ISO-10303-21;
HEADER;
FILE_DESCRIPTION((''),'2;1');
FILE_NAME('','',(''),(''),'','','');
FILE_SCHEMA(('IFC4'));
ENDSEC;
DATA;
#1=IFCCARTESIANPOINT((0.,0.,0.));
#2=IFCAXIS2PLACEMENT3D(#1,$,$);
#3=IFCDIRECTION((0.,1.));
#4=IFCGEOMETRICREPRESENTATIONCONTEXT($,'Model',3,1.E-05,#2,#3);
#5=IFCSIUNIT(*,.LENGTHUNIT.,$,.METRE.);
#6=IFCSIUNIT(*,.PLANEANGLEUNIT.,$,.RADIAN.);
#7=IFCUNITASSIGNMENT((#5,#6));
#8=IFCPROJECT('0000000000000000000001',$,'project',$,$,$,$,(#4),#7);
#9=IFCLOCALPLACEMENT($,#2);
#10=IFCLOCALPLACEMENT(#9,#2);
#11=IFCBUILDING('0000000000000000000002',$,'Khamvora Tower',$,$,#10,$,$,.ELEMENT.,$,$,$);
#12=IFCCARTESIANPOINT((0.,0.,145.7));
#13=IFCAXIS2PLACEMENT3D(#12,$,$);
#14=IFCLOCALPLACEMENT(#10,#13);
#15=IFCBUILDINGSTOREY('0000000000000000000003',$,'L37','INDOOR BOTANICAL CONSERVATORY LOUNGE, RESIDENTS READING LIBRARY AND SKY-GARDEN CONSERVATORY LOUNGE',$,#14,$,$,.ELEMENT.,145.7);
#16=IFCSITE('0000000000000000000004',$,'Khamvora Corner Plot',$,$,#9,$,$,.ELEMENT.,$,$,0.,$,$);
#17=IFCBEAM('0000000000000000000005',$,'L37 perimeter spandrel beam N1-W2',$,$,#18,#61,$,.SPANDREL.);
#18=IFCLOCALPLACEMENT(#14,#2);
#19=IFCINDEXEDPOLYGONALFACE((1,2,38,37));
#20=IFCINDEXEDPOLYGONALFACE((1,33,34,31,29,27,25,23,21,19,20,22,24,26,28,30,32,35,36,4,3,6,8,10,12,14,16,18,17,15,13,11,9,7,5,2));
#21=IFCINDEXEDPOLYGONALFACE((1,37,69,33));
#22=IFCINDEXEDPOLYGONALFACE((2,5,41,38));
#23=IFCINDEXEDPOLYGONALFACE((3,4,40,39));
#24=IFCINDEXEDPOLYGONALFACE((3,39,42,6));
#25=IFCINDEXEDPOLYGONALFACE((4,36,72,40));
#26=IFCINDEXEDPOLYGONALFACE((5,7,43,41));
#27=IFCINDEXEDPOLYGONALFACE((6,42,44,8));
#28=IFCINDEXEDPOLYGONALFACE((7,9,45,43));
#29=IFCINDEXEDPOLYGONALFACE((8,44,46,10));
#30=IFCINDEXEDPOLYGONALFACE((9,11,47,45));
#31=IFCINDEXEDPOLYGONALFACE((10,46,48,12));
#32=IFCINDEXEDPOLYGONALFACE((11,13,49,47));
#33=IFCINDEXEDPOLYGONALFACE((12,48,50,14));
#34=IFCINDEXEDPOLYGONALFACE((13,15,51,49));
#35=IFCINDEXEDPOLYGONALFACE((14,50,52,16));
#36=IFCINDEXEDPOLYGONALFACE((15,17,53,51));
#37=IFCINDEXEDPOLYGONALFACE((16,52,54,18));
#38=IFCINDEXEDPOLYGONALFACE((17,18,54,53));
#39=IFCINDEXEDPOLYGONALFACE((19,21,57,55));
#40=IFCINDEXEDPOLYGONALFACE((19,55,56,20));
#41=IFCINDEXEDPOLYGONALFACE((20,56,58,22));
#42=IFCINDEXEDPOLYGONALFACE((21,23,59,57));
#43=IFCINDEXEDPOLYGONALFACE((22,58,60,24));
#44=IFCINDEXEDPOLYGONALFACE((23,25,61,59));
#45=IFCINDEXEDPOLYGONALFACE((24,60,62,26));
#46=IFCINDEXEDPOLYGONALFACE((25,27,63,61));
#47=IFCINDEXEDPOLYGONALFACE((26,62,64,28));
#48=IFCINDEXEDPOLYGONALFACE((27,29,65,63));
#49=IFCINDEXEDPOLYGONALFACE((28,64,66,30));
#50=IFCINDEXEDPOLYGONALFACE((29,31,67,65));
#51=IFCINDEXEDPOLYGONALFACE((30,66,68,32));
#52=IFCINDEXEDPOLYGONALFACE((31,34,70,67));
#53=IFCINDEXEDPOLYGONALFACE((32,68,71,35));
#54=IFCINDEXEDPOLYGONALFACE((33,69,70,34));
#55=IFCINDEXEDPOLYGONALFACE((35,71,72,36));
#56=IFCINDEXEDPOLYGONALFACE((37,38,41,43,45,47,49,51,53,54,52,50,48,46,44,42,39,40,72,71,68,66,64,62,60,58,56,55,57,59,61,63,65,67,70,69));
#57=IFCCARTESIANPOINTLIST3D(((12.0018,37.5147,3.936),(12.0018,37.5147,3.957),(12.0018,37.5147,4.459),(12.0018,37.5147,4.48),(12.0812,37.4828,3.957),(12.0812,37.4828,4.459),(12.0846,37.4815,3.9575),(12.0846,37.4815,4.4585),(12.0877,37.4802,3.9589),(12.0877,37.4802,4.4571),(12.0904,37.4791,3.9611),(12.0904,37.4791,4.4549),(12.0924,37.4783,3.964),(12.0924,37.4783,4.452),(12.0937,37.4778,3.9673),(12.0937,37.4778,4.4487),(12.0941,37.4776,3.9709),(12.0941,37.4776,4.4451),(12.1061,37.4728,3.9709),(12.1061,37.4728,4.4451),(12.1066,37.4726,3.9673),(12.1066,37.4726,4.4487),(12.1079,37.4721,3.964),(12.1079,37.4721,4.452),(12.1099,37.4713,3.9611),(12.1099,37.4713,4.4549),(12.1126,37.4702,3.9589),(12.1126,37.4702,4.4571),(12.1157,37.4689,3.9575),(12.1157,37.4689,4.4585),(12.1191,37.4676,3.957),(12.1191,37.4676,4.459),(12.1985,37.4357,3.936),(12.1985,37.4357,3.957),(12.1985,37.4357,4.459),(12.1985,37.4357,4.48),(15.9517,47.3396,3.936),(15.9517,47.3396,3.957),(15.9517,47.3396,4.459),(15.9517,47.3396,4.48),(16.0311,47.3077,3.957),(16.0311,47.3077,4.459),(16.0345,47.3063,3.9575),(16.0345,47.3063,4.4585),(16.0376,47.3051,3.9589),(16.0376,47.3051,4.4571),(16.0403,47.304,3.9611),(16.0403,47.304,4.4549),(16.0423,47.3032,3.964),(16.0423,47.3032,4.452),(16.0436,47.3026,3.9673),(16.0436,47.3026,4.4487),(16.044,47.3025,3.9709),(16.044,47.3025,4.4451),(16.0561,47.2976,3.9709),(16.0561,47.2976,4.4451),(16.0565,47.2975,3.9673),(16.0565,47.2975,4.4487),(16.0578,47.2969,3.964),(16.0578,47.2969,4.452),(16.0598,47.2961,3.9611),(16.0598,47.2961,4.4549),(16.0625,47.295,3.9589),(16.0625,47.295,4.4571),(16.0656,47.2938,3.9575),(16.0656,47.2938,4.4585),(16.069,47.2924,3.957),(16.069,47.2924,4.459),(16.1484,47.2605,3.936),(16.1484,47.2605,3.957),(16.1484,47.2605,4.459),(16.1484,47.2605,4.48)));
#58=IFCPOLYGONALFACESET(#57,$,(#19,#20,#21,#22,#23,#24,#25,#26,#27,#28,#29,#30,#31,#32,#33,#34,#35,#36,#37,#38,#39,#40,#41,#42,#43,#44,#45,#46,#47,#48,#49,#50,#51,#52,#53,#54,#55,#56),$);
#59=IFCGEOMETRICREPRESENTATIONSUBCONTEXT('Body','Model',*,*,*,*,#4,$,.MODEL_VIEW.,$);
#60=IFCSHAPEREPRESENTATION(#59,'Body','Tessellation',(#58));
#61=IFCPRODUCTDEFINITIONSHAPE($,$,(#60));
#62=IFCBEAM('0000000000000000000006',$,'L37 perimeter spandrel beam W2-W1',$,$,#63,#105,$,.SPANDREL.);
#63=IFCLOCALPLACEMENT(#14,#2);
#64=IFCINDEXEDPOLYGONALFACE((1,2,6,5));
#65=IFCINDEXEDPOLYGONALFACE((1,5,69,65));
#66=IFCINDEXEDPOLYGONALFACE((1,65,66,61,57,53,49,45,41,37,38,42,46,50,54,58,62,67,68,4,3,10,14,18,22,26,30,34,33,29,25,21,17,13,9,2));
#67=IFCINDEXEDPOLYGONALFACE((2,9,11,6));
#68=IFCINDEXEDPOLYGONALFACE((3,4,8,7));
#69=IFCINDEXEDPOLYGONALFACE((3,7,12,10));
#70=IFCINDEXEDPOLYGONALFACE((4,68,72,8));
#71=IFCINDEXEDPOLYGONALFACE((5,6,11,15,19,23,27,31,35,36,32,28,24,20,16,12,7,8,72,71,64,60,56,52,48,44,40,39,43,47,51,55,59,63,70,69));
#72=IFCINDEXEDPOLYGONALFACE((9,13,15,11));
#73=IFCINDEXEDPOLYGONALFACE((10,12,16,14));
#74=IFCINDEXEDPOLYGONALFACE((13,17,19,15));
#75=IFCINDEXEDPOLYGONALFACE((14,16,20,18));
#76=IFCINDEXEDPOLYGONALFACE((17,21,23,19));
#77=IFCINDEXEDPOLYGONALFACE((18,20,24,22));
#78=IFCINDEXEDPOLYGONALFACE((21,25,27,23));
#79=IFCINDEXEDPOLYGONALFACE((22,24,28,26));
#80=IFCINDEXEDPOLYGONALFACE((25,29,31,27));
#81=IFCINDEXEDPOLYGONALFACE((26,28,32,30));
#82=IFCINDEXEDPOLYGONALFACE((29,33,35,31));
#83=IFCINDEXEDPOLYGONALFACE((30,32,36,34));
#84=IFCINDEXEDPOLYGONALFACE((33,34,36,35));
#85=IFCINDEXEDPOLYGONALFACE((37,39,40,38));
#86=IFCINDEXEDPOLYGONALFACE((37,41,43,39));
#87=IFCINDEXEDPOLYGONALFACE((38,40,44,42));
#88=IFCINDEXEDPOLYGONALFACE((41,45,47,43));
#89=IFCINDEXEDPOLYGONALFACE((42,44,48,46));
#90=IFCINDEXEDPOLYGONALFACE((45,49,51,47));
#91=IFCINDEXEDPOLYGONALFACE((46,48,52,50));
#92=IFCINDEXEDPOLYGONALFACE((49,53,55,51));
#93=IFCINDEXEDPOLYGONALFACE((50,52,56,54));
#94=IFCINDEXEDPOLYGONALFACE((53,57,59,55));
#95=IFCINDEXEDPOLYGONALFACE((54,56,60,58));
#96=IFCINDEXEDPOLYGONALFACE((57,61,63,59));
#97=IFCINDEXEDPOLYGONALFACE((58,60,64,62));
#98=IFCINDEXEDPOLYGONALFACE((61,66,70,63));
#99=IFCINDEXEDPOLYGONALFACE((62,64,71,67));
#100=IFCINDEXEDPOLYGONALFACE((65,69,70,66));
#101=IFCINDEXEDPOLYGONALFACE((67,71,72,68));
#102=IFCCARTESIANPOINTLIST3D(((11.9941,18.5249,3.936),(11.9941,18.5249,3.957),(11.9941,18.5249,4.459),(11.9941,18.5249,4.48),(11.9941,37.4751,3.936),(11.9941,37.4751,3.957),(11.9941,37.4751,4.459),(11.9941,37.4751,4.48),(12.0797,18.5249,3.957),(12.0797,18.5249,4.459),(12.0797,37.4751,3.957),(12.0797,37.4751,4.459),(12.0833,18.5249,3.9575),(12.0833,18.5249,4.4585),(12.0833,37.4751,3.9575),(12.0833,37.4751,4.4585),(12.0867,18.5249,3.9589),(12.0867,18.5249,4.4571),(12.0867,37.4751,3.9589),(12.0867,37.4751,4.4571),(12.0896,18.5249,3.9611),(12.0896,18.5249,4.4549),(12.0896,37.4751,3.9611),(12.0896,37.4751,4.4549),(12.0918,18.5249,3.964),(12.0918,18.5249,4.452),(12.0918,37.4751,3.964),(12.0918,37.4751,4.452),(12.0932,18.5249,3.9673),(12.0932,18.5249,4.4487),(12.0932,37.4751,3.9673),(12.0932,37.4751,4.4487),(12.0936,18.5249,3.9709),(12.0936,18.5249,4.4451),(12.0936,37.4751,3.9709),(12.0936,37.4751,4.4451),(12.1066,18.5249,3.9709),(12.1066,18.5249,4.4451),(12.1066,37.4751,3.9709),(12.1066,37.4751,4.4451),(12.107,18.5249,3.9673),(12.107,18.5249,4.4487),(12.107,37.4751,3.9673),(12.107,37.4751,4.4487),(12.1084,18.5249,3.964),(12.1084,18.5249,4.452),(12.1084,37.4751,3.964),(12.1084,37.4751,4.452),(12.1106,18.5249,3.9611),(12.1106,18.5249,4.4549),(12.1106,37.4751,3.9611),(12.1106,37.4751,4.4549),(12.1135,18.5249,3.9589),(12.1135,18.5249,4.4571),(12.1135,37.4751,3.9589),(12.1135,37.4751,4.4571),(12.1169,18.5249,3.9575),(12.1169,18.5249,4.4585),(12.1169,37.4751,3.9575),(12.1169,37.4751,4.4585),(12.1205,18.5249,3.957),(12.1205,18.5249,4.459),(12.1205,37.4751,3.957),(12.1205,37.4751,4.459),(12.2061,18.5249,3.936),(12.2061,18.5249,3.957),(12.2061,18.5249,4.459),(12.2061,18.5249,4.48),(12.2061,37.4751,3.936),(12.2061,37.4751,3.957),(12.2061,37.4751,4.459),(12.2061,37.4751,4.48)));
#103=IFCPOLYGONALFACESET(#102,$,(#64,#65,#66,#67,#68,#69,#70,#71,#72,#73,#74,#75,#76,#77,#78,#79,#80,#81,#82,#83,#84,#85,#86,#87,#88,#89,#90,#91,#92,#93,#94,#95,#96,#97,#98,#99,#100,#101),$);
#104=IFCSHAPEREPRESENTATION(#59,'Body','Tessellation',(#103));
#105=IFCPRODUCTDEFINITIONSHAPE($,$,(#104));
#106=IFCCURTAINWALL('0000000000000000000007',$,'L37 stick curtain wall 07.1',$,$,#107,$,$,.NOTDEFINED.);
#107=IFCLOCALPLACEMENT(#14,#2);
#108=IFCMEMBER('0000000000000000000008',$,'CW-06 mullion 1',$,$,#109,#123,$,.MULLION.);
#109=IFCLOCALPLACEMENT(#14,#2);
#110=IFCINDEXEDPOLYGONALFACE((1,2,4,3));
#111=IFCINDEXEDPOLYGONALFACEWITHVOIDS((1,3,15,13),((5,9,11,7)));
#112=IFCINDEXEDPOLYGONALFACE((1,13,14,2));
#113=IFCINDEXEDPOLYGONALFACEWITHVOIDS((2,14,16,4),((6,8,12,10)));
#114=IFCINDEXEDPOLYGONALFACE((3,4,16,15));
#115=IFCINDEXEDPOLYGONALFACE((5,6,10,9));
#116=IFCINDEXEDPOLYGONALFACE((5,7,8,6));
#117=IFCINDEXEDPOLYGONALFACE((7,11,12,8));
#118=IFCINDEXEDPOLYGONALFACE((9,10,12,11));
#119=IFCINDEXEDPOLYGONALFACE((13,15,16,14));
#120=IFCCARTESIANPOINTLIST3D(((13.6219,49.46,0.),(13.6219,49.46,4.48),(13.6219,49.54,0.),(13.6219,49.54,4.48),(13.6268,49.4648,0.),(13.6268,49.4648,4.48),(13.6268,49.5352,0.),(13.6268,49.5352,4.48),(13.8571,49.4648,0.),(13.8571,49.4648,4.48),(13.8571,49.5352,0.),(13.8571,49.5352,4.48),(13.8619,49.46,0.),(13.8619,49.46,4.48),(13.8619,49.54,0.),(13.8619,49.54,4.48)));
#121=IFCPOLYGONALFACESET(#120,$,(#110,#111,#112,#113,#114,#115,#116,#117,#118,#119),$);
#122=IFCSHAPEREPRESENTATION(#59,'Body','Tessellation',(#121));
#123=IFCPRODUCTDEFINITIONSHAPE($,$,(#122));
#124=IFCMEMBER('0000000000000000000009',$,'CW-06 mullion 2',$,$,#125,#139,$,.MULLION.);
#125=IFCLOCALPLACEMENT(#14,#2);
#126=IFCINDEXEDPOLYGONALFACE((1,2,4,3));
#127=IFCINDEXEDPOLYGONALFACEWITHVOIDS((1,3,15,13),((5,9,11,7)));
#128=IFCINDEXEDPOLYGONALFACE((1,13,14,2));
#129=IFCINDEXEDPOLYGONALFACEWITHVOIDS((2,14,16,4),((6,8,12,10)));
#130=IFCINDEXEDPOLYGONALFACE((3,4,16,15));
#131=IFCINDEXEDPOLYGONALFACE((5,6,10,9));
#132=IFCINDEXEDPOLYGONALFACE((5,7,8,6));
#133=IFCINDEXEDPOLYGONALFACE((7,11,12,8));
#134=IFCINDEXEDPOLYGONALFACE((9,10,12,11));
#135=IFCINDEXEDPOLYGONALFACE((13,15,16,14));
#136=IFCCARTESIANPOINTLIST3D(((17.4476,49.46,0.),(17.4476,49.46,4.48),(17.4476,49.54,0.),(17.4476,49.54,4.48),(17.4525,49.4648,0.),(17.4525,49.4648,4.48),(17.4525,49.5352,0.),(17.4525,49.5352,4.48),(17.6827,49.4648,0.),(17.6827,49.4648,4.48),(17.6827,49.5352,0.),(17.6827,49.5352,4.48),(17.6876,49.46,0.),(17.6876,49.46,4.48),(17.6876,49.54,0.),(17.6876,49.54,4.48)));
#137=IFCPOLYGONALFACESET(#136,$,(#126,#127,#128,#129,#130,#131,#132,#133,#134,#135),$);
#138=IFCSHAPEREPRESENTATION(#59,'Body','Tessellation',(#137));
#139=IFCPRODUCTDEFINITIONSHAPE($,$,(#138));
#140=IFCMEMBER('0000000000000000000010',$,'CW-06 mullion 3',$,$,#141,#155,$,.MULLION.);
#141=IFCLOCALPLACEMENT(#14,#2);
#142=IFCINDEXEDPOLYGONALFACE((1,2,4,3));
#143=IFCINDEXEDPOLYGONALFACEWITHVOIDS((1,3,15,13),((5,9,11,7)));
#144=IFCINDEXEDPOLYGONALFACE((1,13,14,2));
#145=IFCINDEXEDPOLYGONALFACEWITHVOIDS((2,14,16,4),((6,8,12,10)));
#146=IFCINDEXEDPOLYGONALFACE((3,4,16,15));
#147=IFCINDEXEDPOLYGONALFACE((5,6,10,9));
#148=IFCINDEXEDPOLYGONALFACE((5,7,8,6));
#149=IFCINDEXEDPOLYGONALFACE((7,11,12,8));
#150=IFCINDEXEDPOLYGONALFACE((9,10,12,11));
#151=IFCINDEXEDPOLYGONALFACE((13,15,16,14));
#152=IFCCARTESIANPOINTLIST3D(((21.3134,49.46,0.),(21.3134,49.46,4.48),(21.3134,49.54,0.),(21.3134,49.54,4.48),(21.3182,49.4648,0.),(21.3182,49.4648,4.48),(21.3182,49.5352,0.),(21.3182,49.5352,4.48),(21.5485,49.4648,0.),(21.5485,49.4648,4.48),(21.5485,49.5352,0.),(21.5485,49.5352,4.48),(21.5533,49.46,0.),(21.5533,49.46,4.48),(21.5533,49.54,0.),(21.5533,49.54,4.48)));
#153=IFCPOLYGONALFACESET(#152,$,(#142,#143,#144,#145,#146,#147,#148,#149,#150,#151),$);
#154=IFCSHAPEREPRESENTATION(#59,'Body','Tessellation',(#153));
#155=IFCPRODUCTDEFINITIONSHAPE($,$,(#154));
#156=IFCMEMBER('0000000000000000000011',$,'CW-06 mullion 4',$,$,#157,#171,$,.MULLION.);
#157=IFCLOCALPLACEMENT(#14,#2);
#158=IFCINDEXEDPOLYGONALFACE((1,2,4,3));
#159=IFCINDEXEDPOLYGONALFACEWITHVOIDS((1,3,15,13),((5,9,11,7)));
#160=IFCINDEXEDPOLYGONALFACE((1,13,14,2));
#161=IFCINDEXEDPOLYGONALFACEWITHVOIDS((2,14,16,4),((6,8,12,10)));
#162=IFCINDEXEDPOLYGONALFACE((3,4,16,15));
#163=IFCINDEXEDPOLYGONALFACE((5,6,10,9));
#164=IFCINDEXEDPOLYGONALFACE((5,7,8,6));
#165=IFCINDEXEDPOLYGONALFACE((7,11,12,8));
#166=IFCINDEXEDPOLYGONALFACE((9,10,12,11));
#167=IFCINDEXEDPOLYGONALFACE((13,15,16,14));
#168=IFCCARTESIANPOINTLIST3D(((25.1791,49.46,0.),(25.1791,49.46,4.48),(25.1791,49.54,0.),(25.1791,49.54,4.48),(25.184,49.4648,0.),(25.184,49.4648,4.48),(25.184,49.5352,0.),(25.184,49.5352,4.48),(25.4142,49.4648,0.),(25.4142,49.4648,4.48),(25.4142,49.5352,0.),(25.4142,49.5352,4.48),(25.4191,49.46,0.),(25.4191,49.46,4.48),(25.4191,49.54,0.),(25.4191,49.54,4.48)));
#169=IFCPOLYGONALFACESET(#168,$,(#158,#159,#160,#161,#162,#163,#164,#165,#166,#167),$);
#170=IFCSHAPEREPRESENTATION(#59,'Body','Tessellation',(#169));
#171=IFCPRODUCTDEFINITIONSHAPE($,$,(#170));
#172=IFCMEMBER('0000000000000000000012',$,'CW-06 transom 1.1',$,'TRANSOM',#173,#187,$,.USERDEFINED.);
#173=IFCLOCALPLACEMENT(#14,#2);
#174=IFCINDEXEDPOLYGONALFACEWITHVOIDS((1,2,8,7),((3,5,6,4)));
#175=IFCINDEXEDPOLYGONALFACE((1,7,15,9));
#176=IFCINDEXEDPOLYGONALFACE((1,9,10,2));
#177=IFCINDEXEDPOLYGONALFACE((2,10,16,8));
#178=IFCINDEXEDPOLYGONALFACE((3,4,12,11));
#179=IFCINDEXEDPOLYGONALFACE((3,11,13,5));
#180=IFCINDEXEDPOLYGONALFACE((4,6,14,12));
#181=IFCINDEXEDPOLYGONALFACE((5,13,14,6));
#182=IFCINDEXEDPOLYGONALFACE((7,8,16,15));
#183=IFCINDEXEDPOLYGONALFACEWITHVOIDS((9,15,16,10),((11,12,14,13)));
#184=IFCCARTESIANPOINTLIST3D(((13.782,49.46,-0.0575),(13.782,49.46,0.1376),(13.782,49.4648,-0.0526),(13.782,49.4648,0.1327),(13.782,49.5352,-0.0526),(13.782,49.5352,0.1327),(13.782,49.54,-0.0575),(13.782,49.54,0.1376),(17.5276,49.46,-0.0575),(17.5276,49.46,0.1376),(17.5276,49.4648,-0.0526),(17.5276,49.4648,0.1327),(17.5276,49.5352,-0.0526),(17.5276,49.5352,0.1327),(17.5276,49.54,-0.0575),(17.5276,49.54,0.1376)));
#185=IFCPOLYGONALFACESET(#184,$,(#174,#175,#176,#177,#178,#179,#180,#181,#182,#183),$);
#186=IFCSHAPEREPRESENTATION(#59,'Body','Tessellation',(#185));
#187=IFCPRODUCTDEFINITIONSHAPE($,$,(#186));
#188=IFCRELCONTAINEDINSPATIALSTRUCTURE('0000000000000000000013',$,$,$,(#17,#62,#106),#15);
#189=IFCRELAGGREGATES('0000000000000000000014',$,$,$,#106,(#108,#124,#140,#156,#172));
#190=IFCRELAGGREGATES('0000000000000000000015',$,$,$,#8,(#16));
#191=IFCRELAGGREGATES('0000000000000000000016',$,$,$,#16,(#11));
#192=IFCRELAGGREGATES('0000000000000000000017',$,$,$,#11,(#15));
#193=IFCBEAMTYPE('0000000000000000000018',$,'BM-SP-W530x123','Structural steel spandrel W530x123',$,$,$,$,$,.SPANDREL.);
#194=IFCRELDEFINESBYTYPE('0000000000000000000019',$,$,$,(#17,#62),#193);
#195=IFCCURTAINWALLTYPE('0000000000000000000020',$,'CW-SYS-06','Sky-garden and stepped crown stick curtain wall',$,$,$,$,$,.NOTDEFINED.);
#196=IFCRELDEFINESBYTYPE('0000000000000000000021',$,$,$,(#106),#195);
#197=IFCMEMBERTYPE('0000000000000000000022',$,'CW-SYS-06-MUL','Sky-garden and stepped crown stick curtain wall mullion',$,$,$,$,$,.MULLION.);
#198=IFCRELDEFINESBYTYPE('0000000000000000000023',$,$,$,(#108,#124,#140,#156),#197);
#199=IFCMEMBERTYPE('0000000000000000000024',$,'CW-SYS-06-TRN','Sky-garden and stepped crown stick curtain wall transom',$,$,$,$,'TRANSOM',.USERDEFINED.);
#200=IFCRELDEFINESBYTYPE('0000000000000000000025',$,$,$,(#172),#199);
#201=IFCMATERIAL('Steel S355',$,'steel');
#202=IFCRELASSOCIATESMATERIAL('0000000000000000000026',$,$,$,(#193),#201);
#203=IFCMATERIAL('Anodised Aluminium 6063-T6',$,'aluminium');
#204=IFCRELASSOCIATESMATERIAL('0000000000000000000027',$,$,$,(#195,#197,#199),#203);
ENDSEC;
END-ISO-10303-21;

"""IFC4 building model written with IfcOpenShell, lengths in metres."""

from ifc_helpers import new_model, si_unit, direction, frame, origin, origin_2d, place, context, subcontext, project, spatial, hollow_rectangle, i_section, extrude, material, material_profile, profile_set, type_object, element, aggregate, save


model = new_model("IFC4")

# Units and contexts
model_context = context("Model", 3, precision=1e-05, world=origin(), true_north=direction((0.0, 1.0)))
body_context = subcontext(model_context, "Body", "Model", "MODEL_VIEW")
ifc_project = project(units=[si_unit("LENGTHUNIT", "METRE"), si_unit("PLANEANGLEUNIT", "RADIAN")], contexts=[model_context])

# Site, building, storey
site_placement = place(None, origin())
site = spatial("IfcSite", under=ifc_project, at=site_placement, Name="Khamvora Corner Plot", CompositionType="ELEMENT", RefElevation=0.0)
building_placement = place(site_placement, origin())
building = spatial("IfcBuilding", under=site, at=building_placement, Name="Khamvora Tower", CompositionType="ELEMENT")
storey_placement = place(building_placement, frame((0.0, 0.0, 145.7)))
storey = spatial("IfcBuildingStorey", under=building, at=storey_placement, Name="L37", Description="INDOOR BOTANICAL CONSERVATORY LOUNGE, RESIDENTS READING LIBRARY AND SKY-GARDEN CONSERVATORY LOUNGE", CompositionType="ELEMENT", Elevation=145.7)

# Shared definitions
ifc_material_1 = material(Name="Steel S355", Category="steel")

# Beams
ifc_material_profile_1 = material_profile(ifc_material_1, i_section(OverallWidth=0.2119, OverallDepth=0.5439, WebThickness=0.0129, FlangeThickness=0.021, FilletRadius=0.0139, at=origin_2d()), Name="W530x123")
ifc_profile_set_1 = profile_set([ifc_material_profile_1], Name="Steel S355")
beam_type_1 = type_object("IfcBeamType", Name="BM-SP-W530x123", Description="Structural steel spandrel W530x123", PredefinedType="SPANDREL", material=ifc_profile_set_1)
beam_1_placement = place(storey_placement, frame((16.05, 47.3, 4.208), z_axis=(-0.373016, -0.927825, 0.0), x_axis=(0.927825, -0.373016, 0.0)))
element("IfcBeam", 1, at=beam_1_placement, inside=storey, type_object=beam_type_1, Name="L37 perimeter spandrel beam N1-W2", PredefinedType="SPANDREL", context=body_context, shape_type="SweptSolid", body=[
    extrude(i_section(OverallWidth=0.2119, OverallDepth=0.5439, WebThickness=0.0129, FlangeThickness=0.021, FilletRadius=0.0139, at=origin_2d()), origin(), (0.0, 0.0, 1.0), 10.5891),
])
beam_2_placement = place(storey_placement, frame((12.1001, 37.4751, 4.208), z_axis=(0.0, -1.0, 0.0), x_axis=(1.0, 0.0, 0.0)))
element("IfcBeam", 2, at=beam_2_placement, inside=storey, type_object=beam_type_1, Name="L37 perimeter spandrel beam W2-W1", PredefinedType="SPANDREL", context=body_context, shape_type="SweptSolid", body=[
    extrude(i_section(OverallWidth=0.2119, OverallDepth=0.5439, WebThickness=0.0129, FlangeThickness=0.021, FilletRadius=0.0139, at=origin_2d()), origin(), (0.0, 0.0, 1.0), 18.9502),
])

# Curtain wall, members
ifc_material_2 = material(Name="Anodised Aluminium 6063-T6", Category="aluminium")
curtain_wall_type = type_object("IfcCurtainWallType", Name="CW-SYS-06", Description="Sky-garden and stepped crown stick curtain wall", PredefinedType="NOTDEFINED", material=ifc_material_2)
curtain_wall_placement = place(storey_placement, origin())
curtain_wall = element("IfcCurtainWall", 3, at=curtain_wall_placement, inside=storey, type_object=curtain_wall_type, Name="L37 stick curtain wall 07.1", PredefinedType="NOTDEFINED")
ifc_material_profile_2 = material_profile(ifc_material_2, hollow_rectangle(XDim=0.0801, YDim=0.24, WallThickness=0.0049, at=origin_2d()), Name="MUL80x240x5")
ifc_profile_set_2 = profile_set([ifc_material_profile_2], Name="Anodised Aluminium 6063-T6")
member_type_1 = type_object("IfcMemberType", Name="CW-SYS-06-MUL", Description="Sky-garden and stepped crown stick curtain wall mullion", PredefinedType="MULLION", material=ifc_profile_set_2)
member_1_placement = place(storey_placement, frame((13.7419, 49.5, 0.0), z_axis=(0.0, 0.0, 1.0), x_axis=(0.0, 1.0, 0.0)))
member_1 = element("IfcMember", 4, at=member_1_placement, type_object=member_type_1, Name="CW-06 mullion 1", PredefinedType="MULLION", context=body_context, shape_type="SweptSolid", body=[
    extrude(hollow_rectangle(XDim=0.0801, YDim=0.24, WallThickness=0.0049, at=origin_2d()), origin(), (0.0, 0.0, 1.0), 4.48),
])
member_2_placement = place(storey_placement, frame((17.5676, 49.5, 0.0), z_axis=(0.0, 0.0, 1.0), x_axis=(0.0, 1.0, 0.0)))
member_2 = element("IfcMember", 5, at=member_2_placement, type_object=member_type_1, Name="CW-06 mullion 2", PredefinedType="MULLION", context=body_context, shape_type="SweptSolid", body=[
    extrude(hollow_rectangle(XDim=0.0801, YDim=0.24, WallThickness=0.0049, at=origin_2d()), origin(), (0.0, 0.0, 1.0), 4.48),
])
member_3_placement = place(storey_placement, frame((21.4333, 49.5, 0.0), z_axis=(0.0, 0.0, 1.0), x_axis=(0.0, 1.0, 0.0)))
member_3 = element("IfcMember", 6, at=member_3_placement, type_object=member_type_1, Name="CW-06 mullion 3", PredefinedType="MULLION", context=body_context, shape_type="SweptSolid", body=[
    extrude(hollow_rectangle(XDim=0.0801, YDim=0.24, WallThickness=0.0049, at=origin_2d()), origin(), (0.0, 0.0, 1.0), 4.48),
])
member_4_placement = place(storey_placement, frame((25.2991, 49.5, 0.0), z_axis=(0.0, 0.0, 1.0), x_axis=(0.0, 1.0, 0.0)))
member_4 = element("IfcMember", 7, at=member_4_placement, type_object=member_type_1, Name="CW-06 mullion 4", PredefinedType="MULLION", context=body_context, shape_type="SweptSolid", body=[
    extrude(hollow_rectangle(XDim=0.0801, YDim=0.24, WallThickness=0.0049, at=origin_2d()), origin(), (0.0, 0.0, 1.0), 4.48),
])
ifc_material_profile_3 = material_profile(ifc_material_2, hollow_rectangle(XDim=0.0801, YDim=0.1951, WallThickness=0.0049, at=origin_2d()), Name="TRN80x195x5")
ifc_profile_set_3 = profile_set([ifc_material_profile_3], Name="Anodised Aluminium 6063-T6")
member_type_2 = type_object("IfcMemberType", Name="CW-SYS-06-TRN", Description="Sky-garden and stepped crown stick curtain wall transom", ElementType="TRANSOM", PredefinedType="USERDEFINED", material=ifc_profile_set_3)
member_5_placement = place(storey_placement, frame((13.782, 49.5, 0.04), z_axis=(1.0, 0.0, 0.0), x_axis=(0.0, 1.0, 0.0)))
member_5 = element("IfcMember", 8, at=member_5_placement, type_object=member_type_2, Name="CW-06 transom 1.1", ObjectType="TRANSOM", PredefinedType="USERDEFINED", context=body_context, shape_type="SweptSolid", body=[
    extrude(hollow_rectangle(XDim=0.0801, YDim=0.1951, WallThickness=0.0049, at=origin_2d()), origin(), (0.0, 0.0, 1.0), 3.7456),
])
aggregate(curtain_wall, [member_1, member_2, member_3, member_4, member_5])

save(model, "model.ifc")
